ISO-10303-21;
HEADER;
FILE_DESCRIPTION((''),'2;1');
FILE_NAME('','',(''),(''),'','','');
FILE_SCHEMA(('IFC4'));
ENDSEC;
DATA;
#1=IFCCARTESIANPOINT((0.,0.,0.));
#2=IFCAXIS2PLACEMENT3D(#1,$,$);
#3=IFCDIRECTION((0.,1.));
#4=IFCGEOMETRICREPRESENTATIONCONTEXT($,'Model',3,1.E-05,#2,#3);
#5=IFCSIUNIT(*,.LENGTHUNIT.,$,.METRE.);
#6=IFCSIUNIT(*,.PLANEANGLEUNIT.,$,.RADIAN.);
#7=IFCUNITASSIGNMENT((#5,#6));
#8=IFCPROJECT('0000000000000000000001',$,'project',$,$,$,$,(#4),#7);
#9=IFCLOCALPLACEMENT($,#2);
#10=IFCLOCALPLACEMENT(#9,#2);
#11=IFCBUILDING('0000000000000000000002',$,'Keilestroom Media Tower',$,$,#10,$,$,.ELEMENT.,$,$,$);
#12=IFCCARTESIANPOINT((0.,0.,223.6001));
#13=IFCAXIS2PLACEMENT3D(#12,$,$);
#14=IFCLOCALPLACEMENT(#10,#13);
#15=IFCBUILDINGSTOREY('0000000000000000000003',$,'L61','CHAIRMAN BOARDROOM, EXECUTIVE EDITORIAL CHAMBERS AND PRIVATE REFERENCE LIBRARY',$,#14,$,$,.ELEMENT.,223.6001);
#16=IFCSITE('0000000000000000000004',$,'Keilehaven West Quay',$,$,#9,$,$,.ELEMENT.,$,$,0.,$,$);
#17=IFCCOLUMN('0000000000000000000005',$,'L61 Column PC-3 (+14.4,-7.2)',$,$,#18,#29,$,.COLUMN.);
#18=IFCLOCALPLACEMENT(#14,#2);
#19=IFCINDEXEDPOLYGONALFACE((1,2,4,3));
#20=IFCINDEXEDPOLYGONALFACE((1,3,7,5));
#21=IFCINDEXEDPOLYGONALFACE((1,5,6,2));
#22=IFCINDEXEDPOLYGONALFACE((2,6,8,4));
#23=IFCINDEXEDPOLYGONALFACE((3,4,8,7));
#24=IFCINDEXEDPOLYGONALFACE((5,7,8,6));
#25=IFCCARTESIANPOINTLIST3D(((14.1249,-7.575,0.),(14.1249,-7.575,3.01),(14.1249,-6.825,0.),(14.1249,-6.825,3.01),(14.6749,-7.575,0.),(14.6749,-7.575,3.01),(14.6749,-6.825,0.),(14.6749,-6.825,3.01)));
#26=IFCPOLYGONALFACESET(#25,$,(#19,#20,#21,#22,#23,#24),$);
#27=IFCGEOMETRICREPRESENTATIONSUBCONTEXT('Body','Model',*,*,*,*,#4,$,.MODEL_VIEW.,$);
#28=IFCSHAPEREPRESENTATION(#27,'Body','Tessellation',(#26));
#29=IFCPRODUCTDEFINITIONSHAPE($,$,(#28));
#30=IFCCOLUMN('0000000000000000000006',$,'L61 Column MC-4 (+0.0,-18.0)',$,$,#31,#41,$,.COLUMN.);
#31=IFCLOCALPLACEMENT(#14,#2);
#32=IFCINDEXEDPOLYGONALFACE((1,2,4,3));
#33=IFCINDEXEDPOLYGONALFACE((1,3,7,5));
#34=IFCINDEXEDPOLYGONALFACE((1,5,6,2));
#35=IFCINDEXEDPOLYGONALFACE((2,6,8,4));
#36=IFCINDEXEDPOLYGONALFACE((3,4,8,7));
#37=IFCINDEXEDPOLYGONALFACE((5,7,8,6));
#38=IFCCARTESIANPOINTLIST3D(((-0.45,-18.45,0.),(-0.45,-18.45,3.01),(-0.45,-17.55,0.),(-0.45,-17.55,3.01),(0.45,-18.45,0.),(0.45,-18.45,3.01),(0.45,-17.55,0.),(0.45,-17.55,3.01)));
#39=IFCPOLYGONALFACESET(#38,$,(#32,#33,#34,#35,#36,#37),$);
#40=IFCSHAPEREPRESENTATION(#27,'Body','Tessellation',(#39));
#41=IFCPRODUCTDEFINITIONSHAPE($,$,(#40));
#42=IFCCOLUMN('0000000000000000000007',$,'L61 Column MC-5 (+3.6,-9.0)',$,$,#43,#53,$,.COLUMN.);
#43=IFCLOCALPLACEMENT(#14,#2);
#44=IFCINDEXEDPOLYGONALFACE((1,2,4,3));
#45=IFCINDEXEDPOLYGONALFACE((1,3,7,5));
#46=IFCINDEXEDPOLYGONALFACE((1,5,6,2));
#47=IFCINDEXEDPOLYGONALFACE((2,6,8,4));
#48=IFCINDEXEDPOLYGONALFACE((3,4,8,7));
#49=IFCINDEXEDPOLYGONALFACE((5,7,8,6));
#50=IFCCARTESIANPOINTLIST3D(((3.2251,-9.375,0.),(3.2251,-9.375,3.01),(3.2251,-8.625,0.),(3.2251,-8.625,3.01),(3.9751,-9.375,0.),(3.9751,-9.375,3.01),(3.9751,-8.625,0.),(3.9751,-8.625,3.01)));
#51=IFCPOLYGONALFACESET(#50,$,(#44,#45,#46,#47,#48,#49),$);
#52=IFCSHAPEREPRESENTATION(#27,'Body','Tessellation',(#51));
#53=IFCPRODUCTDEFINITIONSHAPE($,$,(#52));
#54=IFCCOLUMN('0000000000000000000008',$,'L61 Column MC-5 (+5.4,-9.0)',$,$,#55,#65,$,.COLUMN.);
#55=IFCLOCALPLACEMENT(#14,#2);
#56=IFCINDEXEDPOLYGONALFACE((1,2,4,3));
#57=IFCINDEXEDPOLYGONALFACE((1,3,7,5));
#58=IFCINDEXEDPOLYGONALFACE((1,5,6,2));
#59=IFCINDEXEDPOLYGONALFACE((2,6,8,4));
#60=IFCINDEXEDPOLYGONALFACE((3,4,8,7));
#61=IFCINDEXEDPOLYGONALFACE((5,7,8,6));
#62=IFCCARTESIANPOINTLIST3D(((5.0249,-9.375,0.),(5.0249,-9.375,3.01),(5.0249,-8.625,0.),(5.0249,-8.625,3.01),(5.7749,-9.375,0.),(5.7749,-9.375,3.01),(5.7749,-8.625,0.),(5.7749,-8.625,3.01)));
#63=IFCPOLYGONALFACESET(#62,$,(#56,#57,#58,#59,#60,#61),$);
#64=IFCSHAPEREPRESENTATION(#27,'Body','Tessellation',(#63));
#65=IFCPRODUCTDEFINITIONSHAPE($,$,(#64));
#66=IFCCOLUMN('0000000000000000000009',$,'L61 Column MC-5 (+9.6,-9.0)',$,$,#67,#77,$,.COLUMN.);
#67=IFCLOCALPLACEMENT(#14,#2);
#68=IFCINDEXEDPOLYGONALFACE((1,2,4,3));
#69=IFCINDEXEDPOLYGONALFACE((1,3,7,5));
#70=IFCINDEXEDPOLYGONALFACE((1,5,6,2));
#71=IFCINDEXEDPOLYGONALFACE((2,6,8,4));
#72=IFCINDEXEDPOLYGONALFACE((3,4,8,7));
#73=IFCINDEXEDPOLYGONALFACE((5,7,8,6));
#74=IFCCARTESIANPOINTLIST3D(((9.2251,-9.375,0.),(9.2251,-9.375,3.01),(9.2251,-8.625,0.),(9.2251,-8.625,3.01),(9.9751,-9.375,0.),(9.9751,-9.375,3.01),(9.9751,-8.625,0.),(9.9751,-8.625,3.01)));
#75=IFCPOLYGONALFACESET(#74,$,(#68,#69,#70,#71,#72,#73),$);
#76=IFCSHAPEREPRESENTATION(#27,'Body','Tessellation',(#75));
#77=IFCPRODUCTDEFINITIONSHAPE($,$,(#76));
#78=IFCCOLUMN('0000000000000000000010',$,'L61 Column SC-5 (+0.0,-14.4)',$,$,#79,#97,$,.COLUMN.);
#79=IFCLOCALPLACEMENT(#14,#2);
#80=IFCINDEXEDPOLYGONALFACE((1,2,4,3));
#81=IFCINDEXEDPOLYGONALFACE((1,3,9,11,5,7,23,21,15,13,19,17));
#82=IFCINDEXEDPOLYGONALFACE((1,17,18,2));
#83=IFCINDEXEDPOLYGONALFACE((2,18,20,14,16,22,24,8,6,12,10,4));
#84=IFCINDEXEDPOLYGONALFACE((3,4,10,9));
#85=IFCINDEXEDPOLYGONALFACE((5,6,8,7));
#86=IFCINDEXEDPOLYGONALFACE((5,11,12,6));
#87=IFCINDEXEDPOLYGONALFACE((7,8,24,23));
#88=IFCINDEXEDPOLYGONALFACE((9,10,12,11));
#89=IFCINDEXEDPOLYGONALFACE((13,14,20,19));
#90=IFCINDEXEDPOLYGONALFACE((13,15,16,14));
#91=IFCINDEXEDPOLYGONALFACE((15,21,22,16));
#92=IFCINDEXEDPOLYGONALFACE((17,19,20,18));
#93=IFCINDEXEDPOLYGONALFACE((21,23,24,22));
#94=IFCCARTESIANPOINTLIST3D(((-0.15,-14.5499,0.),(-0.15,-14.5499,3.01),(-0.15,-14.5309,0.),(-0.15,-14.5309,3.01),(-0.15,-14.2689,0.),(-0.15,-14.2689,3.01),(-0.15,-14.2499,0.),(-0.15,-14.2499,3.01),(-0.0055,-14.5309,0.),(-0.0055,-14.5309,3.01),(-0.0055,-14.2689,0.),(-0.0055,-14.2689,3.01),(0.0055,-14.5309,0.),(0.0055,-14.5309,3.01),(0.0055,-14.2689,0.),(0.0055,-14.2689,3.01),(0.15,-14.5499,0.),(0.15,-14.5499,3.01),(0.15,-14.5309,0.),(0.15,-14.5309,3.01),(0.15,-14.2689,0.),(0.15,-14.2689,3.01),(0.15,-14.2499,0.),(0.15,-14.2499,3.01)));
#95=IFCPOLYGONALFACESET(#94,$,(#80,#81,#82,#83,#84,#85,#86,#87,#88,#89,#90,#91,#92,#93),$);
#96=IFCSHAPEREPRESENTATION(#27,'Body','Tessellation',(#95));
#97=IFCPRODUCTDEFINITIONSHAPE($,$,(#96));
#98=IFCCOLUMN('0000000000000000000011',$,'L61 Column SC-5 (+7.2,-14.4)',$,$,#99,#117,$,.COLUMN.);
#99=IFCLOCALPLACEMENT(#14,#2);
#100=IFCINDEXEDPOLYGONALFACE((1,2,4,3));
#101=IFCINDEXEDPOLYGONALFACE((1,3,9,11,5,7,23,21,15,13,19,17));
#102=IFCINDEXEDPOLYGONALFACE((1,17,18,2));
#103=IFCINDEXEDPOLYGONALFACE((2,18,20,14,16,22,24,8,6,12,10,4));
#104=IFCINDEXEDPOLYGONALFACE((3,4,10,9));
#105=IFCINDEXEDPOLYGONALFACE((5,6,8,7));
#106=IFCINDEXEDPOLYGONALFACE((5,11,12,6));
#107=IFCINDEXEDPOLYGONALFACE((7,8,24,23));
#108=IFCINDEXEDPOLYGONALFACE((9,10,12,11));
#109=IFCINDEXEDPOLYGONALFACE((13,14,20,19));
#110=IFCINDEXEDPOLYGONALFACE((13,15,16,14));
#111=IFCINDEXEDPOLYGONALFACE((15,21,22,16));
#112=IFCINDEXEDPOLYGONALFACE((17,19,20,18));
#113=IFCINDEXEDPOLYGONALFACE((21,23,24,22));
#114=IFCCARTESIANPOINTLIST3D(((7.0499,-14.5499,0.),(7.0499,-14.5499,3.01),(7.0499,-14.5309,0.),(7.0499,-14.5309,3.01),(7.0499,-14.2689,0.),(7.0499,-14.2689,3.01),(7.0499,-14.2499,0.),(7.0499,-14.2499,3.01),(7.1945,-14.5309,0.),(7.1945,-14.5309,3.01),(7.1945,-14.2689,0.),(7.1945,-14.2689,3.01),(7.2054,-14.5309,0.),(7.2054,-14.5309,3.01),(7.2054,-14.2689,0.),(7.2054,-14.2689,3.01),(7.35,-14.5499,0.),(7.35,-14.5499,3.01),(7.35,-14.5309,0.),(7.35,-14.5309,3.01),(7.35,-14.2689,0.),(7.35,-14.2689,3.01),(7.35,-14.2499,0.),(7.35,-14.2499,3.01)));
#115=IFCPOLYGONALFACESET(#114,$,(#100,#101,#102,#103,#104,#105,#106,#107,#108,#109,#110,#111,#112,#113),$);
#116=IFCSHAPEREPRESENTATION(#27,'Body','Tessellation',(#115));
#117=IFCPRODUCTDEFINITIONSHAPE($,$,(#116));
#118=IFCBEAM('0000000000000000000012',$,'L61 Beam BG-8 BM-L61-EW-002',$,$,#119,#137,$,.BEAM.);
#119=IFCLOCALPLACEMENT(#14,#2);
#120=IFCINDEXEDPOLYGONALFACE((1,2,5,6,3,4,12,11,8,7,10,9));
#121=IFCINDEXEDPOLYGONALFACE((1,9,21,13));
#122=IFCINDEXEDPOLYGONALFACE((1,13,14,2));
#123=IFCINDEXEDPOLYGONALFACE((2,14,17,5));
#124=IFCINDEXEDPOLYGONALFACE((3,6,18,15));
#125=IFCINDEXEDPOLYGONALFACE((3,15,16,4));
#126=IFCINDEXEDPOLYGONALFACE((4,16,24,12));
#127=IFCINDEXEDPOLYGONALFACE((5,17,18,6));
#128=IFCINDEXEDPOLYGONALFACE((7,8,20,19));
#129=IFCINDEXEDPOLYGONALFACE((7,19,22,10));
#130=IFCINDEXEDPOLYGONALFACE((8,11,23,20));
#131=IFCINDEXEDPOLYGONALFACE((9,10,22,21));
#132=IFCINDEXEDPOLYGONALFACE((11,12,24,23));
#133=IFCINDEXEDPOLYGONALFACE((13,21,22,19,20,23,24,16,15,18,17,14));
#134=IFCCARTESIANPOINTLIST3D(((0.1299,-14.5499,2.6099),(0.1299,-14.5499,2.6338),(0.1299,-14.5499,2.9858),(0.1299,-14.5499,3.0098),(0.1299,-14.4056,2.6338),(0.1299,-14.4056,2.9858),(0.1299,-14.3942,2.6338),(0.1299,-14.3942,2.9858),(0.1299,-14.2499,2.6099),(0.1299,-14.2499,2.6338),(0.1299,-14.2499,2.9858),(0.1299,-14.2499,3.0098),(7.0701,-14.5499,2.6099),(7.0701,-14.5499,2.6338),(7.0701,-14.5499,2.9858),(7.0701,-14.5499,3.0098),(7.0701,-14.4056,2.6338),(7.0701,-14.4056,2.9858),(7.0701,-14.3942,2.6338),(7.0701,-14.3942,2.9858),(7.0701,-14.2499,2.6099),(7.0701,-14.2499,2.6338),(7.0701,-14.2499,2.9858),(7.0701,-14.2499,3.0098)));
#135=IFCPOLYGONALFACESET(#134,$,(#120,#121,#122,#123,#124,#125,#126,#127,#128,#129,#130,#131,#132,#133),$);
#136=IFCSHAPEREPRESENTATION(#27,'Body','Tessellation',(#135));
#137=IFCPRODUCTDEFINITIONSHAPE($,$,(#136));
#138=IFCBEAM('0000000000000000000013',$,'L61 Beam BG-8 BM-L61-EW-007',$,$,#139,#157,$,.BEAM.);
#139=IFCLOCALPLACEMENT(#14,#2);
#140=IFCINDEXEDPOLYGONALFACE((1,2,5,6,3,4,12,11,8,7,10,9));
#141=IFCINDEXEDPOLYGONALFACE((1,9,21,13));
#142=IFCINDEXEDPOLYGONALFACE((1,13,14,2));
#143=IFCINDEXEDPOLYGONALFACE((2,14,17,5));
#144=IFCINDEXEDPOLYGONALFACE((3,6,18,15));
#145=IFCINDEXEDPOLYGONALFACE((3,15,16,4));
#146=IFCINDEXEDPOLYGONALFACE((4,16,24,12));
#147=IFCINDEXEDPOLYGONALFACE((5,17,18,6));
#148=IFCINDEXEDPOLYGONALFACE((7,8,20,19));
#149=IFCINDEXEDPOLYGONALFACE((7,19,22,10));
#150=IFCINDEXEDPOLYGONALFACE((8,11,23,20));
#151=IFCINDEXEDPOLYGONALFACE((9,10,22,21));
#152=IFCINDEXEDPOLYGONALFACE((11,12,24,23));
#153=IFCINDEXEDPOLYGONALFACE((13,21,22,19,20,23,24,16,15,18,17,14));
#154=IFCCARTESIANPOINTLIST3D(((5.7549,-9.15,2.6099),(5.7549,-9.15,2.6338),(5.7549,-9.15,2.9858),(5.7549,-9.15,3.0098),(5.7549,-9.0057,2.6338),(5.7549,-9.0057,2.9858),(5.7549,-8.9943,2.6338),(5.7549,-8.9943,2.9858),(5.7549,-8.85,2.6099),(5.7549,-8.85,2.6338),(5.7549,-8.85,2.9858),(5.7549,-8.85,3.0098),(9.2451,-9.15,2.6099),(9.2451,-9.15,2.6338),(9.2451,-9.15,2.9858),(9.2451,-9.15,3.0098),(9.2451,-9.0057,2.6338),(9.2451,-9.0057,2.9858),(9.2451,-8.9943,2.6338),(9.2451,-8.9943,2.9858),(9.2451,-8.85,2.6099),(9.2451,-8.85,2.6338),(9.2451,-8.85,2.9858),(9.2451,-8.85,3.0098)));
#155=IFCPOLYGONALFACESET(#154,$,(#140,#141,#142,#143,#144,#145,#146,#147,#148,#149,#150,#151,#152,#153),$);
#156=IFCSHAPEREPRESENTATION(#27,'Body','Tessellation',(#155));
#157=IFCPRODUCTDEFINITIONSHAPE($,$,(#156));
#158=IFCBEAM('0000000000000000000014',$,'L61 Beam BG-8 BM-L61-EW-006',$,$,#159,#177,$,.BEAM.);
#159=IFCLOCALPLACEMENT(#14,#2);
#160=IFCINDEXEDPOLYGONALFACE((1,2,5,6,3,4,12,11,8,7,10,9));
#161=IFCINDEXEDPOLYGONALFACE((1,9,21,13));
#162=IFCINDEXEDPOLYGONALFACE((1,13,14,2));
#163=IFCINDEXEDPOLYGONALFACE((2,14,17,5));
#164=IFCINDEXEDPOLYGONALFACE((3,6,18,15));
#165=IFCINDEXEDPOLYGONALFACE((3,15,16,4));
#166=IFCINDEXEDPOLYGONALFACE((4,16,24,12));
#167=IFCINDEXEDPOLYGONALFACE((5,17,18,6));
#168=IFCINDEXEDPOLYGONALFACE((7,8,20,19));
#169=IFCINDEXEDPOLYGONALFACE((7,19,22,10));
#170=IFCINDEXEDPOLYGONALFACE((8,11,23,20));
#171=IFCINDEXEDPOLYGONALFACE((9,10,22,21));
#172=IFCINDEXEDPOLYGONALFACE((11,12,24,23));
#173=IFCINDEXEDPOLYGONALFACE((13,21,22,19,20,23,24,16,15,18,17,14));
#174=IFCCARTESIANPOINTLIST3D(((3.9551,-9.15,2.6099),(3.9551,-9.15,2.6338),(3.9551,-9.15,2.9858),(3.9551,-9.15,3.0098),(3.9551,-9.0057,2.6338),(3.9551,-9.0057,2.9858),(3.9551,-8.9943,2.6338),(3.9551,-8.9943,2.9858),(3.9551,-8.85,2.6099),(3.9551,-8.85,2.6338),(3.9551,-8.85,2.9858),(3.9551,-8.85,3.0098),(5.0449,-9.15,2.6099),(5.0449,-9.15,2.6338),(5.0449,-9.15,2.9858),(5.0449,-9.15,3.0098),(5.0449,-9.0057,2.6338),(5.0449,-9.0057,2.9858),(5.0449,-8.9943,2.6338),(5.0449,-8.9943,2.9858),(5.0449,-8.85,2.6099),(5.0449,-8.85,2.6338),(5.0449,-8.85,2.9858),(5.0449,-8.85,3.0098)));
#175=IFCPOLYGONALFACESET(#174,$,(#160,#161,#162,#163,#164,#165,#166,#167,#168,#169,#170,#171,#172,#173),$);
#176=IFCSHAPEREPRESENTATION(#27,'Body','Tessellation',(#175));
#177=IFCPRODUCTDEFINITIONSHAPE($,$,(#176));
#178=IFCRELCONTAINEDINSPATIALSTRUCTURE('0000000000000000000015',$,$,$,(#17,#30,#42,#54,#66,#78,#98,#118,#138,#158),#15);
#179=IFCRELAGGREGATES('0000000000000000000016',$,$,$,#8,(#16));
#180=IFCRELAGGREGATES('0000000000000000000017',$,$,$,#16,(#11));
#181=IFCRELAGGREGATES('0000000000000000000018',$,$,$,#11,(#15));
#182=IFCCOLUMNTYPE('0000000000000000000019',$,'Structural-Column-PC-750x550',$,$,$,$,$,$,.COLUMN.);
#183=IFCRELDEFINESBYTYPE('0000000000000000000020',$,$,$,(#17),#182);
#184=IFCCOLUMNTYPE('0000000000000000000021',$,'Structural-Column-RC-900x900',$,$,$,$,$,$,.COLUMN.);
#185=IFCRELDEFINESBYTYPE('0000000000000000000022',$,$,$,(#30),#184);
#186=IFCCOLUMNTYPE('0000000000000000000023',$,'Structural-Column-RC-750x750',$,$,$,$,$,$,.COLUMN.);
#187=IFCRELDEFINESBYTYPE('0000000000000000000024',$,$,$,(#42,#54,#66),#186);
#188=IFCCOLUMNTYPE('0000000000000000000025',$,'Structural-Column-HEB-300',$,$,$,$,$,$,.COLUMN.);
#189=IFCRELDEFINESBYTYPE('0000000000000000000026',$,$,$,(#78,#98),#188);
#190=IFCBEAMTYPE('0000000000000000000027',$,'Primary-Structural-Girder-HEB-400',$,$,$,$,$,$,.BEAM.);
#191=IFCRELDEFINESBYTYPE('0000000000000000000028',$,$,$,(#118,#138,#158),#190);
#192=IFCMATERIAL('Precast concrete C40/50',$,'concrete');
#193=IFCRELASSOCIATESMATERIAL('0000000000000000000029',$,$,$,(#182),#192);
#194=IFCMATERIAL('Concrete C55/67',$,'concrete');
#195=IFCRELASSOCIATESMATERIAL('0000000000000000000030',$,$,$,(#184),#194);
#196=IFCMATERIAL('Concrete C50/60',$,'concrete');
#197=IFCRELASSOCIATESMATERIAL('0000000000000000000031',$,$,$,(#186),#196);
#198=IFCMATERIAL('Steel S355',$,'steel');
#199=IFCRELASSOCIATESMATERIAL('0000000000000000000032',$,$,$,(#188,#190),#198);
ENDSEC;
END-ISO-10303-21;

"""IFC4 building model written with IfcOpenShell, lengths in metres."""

from ifc_helpers import new_model, si_unit, direction, frame, origin, origin_2d, place, context, subcontext, project, spatial, rectangle, i_section, extrude, source, transform, mapped, material, material_profile, profile_set, type_object, element, save


model = new_model("IFC4")

# Units and contexts
model_context = context("Model", 3, precision=1e-05, world=origin(), true_north=direction((0.0, 1.0)))
body_context = subcontext(model_context, "Body", "Model", "MODEL_VIEW")
ifc_project = project(units=[si_unit("LENGTHUNIT", "METRE"), si_unit("PLANEANGLEUNIT", "RADIAN")], contexts=[model_context])

# Site, building, storey
site_placement = place(None, origin())
site = spatial("IfcSite", under=ifc_project, at=site_placement, Name="Keilehaven West Quay", CompositionType="ELEMENT", RefElevation=0.0)
building_placement = place(site_placement, origin())
building = spatial("IfcBuilding", under=site, at=building_placement, Name="Keilestroom Media Tower", CompositionType="ELEMENT")
storey_placement = place(building_placement, frame((0.0, 0.0, 223.6001)))
storey = spatial("IfcBuildingStorey", under=building, at=storey_placement, Name="L61", Description="CHAIRMAN BOARDROOM, EXECUTIVE EDITORIAL CHAMBERS AND PRIVATE REFERENCE LIBRARY", CompositionType="ELEMENT", Elevation=223.6001)

# Columns
ifc_material_1 = material(Name="Precast concrete C40/50", Category="concrete")
ifc_material_profile_1 = material_profile(ifc_material_1, rectangle(XDim=0.55, YDim=0.75, at=origin_2d()), Name="PC 750x550")
ifc_profile_set_1 = profile_set([ifc_material_profile_1], Name="Precast concrete C40/50")
column_type_1 = type_object("IfcColumnType", Name="Structural-Column-PC-750x550", PredefinedType="COLUMN", material=ifc_profile_set_1)
shared_shape_1 = source(origin(), body_context, "Body", "SweptSolid", [
    extrude(rectangle(XDim=0.55, YDim=0.75, at=origin_2d()), origin(), (0.0, 0.0, 1.0), 3.01),
])
column_1_placement = place(storey_placement, frame((14.3999, -7.2, 0.0), z_axis=(0.0, 0.0, 1.0), x_axis=(1.0, 0.0, 0.0)))
element("IfcColumn", 1, at=column_1_placement, inside=storey, type_object=column_type_1, Name="L61 Column PC-3 (+14.4,-7.2)", PredefinedType="COLUMN", context=body_context, shape_type="MappedRepresentation", body=[
    mapped(shared_shape_1, transform((0.0, 0.0, 0.0), x_axis=(1.0, 0.0, 0.0), y_axis=(0.0, 1.0, 0.0), z_axis=(0.0, 0.0, 1.0), scale=1.0)),
])
ifc_material_2 = material(Name="Concrete C55/67", Category="concrete")
ifc_material_profile_2 = material_profile(ifc_material_2, rectangle(XDim=0.8999, YDim=0.8999, at=origin_2d()), Name="RC 900x900")
ifc_profile_set_2 = profile_set([ifc_material_profile_2], Name="Concrete C55/67")
column_type_2 = type_object("IfcColumnType", Name="Structural-Column-RC-900x900", PredefinedType="COLUMN", material=ifc_profile_set_2)
shared_shape_2 = source(origin(), body_context, "Body", "SweptSolid", [
    extrude(rectangle(XDim=0.8999, YDim=0.8999, at=origin_2d()), origin(), (0.0, 0.0, 1.0), 3.01),
])
column_2_placement = place(storey_placement, frame((0.0, -18.0, 0.0), z_axis=(0.0, 0.0, 1.0), x_axis=(1.0, 0.0, 0.0)))
element("IfcColumn", 2, at=column_2_placement, inside=storey, type_object=column_type_2, Name="L61 Column MC-4 (+0.0,-18.0)", PredefinedType="COLUMN", context=body_context, shape_type="MappedRepresentation", body=[
    mapped(shared_shape_2, transform((0.0, 0.0, 0.0), x_axis=(1.0, 0.0, 0.0), y_axis=(0.0, 1.0, 0.0), z_axis=(0.0, 0.0, 1.0), scale=1.0)),
])
ifc_material_3 = material(Name="Concrete C50/60", Category="concrete")
ifc_material_profile_3 = material_profile(ifc_material_3, rectangle(XDim=0.75, YDim=0.75, at=origin_2d()), Name="RC 750x750")
ifc_profile_set_3 = profile_set([ifc_material_profile_3], Name="Concrete C50/60")
column_type_3 = type_object("IfcColumnType", Name="Structural-Column-RC-750x750", PredefinedType="COLUMN", material=ifc_profile_set_3)
shared_shape_3 = source(origin(), body_context, "Body", "SweptSolid", [
    extrude(rectangle(XDim=0.75, YDim=0.75, at=origin_2d()), origin(), (0.0, 0.0, 1.0), 3.01),
])
for number, where, z_axis, x_axis, name in (
    (3, (3.6001, -9.0, 0.0), (0.0, 0.0, 1.0), (1.0, 0.0, 0.0), "L61 Column MC-5 (+3.6,-9.0)"),
    (4, (5.3999, -9.0, 0.0), (0.0, 0.0, 1.0), (1.0, 0.0, 0.0), "L61 Column MC-5 (+5.4,-9.0)"),
    (5, (9.6001, -9.0, 0.0), (0.0, 0.0, 1.0), (1.0, 0.0, 0.0), "L61 Column MC-5 (+9.6,-9.0)"),
):
    element("IfcColumn", number, at=place(storey_placement, frame(where, z_axis=z_axis, x_axis=x_axis)), inside=storey, type_object=column_type_3, Name=name, PredefinedType="COLUMN", context=body_context, shape_type="MappedRepresentation", body=[
        mapped(shared_shape_3, transform((0.0, 0.0, 0.0), x_axis=(1.0, 0.0, 0.0), y_axis=(0.0, 1.0, 0.0), z_axis=(0.0, 0.0, 1.0), scale=1.0)),
    ])
ifc_material_4 = material(Name="Steel S355", Category="steel")
ifc_material_profile_4 = material_profile(ifc_material_4, i_section(OverallWidth=0.3, OverallDepth=0.3, WebThickness=0.011, FlangeThickness=0.019, at=origin_2d()), Name="HEB 300")
ifc_profile_set_4 = profile_set([ifc_material_profile_4], Name="Steel S355")
column_type_4 = type_object("IfcColumnType", Name="Structural-Column-HEB-300", PredefinedType="COLUMN", material=ifc_profile_set_4)
shared_shape_4 = source(origin(), body_context, "Body", "SweptSolid", [
    extrude(i_section(OverallWidth=0.3, OverallDepth=0.3, WebThickness=0.011, FlangeThickness=0.019, at=origin_2d()), origin(), (0.0, 0.0, 1.0), 3.01),
])
for number, where, z_axis, x_axis, name in (
    (6, (0.0, -14.3999, 0.0), (0.0, 0.0, 1.0), (1.0, 0.0, 0.0), "L61 Column SC-5 (+0.0,-14.4)"),
    (7, (7.2, -14.3999, 0.0), (0.0, 0.0, 1.0), (1.0, 0.0, 0.0), "L61 Column SC-5 (+7.2,-14.4)"),
):
    element("IfcColumn", number, at=place(storey_placement, frame(where, z_axis=z_axis, x_axis=x_axis)), inside=storey, type_object=column_type_4, Name=name, PredefinedType="COLUMN", context=body_context, shape_type="MappedRepresentation", body=[
        mapped(shared_shape_4, transform((0.0, 0.0, 0.0), x_axis=(1.0, 0.0, 0.0), y_axis=(0.0, 1.0, 0.0), z_axis=(0.0, 0.0, 1.0), scale=1.0)),
    ])

# Beams
ifc_material_profile_5 = material_profile(ifc_material_4, i_section(OverallWidth=0.3, OverallDepth=0.3999, WebThickness=0.0115, FlangeThickness=0.0239, at=origin_2d()), Name="HEB 400")
ifc_profile_set_5 = profile_set([ifc_material_profile_5], Name="Steel S355")
beam_type_1 = type_object("IfcBeamType", Name="Primary-Structural-Girder-HEB-400", PredefinedType="BEAM", material=ifc_profile_set_5)
shared_shape_5 = source(origin(), body_context, "Body", "SweptSolid", [
    extrude(i_section(OverallWidth=0.3, OverallDepth=0.3999, WebThickness=0.0115, FlangeThickness=0.0239, at=origin_2d()), origin(), (0.0, 0.0, 1.0), 6.9402),
])
beam_1_placement = place(storey_placement, frame((0.1299, -14.3999, 2.8098), z_axis=(1.0, 0.0, 0.0), x_axis=(0.0, 1.0, 0.0)))
element("IfcBeam", 8, at=beam_1_placement, inside=storey, type_object=beam_type_1, Name="L61 Beam BG-8 BM-L61-EW-002", PredefinedType="BEAM", context=body_context, shape_type="MappedRepresentation", body=[
    mapped(shared_shape_5, transform((0.0, 0.0, 0.0), x_axis=(1.0, 0.0, 0.0), y_axis=(0.0, 1.0, 0.0), z_axis=(0.0, 0.0, 1.0), scale=1.0)),
])
shared_shape_6 = source(origin(), body_context, "Body", "SweptSolid", [
    extrude(i_section(OverallWidth=0.3, OverallDepth=0.3999, WebThickness=0.0115, FlangeThickness=0.0239, at=origin_2d()), origin(), (0.0, 0.0, 1.0), 3.4902),
])
beam_2_placement = place(storey_placement, frame((5.7549, -9.0, 2.8098), z_axis=(1.0, 0.0, 0.0), x_axis=(0.0, 1.0, 0.0)))
element("IfcBeam", 9, at=beam_2_placement, inside=storey, type_object=beam_type_1, Name="L61 Beam BG-8 BM-L61-EW-007", PredefinedType="BEAM", context=body_context, shape_type="MappedRepresentation", body=[
    mapped(shared_shape_6, transform((0.0, 0.0, 0.0), x_axis=(1.0, 0.0, 0.0), y_axis=(0.0, 1.0, 0.0), z_axis=(0.0, 0.0, 1.0), scale=1.0)),
])
shared_shape_7 = source(origin(), body_context, "Body", "SweptSolid", [
    extrude(i_section(OverallWidth=0.3, OverallDepth=0.3999, WebThickness=0.0115, FlangeThickness=0.0239, at=origin_2d()), origin(), (0.0, 0.0, 1.0), 1.0898),
])
beam_3_placement = place(storey_placement, frame((3.9551, -9.0, 2.8098), z_axis=(1.0, 0.0, 0.0), x_axis=(0.0, 1.0, 0.0)))
element("IfcBeam", 10, at=beam_3_placement, inside=storey, type_object=beam_type_1, Name="L61 Beam BG-8 BM-L61-EW-006", PredefinedType="BEAM", context=body_context, shape_type="MappedRepresentation", body=[
    mapped(shared_shape_7, transform((0.0, 0.0, 0.0), x_axis=(1.0, 0.0, 0.0), y_axis=(0.0, 1.0, 0.0), z_axis=(0.0, 0.0, 1.0), scale=1.0)),
])

save(model, "model.ifc")
